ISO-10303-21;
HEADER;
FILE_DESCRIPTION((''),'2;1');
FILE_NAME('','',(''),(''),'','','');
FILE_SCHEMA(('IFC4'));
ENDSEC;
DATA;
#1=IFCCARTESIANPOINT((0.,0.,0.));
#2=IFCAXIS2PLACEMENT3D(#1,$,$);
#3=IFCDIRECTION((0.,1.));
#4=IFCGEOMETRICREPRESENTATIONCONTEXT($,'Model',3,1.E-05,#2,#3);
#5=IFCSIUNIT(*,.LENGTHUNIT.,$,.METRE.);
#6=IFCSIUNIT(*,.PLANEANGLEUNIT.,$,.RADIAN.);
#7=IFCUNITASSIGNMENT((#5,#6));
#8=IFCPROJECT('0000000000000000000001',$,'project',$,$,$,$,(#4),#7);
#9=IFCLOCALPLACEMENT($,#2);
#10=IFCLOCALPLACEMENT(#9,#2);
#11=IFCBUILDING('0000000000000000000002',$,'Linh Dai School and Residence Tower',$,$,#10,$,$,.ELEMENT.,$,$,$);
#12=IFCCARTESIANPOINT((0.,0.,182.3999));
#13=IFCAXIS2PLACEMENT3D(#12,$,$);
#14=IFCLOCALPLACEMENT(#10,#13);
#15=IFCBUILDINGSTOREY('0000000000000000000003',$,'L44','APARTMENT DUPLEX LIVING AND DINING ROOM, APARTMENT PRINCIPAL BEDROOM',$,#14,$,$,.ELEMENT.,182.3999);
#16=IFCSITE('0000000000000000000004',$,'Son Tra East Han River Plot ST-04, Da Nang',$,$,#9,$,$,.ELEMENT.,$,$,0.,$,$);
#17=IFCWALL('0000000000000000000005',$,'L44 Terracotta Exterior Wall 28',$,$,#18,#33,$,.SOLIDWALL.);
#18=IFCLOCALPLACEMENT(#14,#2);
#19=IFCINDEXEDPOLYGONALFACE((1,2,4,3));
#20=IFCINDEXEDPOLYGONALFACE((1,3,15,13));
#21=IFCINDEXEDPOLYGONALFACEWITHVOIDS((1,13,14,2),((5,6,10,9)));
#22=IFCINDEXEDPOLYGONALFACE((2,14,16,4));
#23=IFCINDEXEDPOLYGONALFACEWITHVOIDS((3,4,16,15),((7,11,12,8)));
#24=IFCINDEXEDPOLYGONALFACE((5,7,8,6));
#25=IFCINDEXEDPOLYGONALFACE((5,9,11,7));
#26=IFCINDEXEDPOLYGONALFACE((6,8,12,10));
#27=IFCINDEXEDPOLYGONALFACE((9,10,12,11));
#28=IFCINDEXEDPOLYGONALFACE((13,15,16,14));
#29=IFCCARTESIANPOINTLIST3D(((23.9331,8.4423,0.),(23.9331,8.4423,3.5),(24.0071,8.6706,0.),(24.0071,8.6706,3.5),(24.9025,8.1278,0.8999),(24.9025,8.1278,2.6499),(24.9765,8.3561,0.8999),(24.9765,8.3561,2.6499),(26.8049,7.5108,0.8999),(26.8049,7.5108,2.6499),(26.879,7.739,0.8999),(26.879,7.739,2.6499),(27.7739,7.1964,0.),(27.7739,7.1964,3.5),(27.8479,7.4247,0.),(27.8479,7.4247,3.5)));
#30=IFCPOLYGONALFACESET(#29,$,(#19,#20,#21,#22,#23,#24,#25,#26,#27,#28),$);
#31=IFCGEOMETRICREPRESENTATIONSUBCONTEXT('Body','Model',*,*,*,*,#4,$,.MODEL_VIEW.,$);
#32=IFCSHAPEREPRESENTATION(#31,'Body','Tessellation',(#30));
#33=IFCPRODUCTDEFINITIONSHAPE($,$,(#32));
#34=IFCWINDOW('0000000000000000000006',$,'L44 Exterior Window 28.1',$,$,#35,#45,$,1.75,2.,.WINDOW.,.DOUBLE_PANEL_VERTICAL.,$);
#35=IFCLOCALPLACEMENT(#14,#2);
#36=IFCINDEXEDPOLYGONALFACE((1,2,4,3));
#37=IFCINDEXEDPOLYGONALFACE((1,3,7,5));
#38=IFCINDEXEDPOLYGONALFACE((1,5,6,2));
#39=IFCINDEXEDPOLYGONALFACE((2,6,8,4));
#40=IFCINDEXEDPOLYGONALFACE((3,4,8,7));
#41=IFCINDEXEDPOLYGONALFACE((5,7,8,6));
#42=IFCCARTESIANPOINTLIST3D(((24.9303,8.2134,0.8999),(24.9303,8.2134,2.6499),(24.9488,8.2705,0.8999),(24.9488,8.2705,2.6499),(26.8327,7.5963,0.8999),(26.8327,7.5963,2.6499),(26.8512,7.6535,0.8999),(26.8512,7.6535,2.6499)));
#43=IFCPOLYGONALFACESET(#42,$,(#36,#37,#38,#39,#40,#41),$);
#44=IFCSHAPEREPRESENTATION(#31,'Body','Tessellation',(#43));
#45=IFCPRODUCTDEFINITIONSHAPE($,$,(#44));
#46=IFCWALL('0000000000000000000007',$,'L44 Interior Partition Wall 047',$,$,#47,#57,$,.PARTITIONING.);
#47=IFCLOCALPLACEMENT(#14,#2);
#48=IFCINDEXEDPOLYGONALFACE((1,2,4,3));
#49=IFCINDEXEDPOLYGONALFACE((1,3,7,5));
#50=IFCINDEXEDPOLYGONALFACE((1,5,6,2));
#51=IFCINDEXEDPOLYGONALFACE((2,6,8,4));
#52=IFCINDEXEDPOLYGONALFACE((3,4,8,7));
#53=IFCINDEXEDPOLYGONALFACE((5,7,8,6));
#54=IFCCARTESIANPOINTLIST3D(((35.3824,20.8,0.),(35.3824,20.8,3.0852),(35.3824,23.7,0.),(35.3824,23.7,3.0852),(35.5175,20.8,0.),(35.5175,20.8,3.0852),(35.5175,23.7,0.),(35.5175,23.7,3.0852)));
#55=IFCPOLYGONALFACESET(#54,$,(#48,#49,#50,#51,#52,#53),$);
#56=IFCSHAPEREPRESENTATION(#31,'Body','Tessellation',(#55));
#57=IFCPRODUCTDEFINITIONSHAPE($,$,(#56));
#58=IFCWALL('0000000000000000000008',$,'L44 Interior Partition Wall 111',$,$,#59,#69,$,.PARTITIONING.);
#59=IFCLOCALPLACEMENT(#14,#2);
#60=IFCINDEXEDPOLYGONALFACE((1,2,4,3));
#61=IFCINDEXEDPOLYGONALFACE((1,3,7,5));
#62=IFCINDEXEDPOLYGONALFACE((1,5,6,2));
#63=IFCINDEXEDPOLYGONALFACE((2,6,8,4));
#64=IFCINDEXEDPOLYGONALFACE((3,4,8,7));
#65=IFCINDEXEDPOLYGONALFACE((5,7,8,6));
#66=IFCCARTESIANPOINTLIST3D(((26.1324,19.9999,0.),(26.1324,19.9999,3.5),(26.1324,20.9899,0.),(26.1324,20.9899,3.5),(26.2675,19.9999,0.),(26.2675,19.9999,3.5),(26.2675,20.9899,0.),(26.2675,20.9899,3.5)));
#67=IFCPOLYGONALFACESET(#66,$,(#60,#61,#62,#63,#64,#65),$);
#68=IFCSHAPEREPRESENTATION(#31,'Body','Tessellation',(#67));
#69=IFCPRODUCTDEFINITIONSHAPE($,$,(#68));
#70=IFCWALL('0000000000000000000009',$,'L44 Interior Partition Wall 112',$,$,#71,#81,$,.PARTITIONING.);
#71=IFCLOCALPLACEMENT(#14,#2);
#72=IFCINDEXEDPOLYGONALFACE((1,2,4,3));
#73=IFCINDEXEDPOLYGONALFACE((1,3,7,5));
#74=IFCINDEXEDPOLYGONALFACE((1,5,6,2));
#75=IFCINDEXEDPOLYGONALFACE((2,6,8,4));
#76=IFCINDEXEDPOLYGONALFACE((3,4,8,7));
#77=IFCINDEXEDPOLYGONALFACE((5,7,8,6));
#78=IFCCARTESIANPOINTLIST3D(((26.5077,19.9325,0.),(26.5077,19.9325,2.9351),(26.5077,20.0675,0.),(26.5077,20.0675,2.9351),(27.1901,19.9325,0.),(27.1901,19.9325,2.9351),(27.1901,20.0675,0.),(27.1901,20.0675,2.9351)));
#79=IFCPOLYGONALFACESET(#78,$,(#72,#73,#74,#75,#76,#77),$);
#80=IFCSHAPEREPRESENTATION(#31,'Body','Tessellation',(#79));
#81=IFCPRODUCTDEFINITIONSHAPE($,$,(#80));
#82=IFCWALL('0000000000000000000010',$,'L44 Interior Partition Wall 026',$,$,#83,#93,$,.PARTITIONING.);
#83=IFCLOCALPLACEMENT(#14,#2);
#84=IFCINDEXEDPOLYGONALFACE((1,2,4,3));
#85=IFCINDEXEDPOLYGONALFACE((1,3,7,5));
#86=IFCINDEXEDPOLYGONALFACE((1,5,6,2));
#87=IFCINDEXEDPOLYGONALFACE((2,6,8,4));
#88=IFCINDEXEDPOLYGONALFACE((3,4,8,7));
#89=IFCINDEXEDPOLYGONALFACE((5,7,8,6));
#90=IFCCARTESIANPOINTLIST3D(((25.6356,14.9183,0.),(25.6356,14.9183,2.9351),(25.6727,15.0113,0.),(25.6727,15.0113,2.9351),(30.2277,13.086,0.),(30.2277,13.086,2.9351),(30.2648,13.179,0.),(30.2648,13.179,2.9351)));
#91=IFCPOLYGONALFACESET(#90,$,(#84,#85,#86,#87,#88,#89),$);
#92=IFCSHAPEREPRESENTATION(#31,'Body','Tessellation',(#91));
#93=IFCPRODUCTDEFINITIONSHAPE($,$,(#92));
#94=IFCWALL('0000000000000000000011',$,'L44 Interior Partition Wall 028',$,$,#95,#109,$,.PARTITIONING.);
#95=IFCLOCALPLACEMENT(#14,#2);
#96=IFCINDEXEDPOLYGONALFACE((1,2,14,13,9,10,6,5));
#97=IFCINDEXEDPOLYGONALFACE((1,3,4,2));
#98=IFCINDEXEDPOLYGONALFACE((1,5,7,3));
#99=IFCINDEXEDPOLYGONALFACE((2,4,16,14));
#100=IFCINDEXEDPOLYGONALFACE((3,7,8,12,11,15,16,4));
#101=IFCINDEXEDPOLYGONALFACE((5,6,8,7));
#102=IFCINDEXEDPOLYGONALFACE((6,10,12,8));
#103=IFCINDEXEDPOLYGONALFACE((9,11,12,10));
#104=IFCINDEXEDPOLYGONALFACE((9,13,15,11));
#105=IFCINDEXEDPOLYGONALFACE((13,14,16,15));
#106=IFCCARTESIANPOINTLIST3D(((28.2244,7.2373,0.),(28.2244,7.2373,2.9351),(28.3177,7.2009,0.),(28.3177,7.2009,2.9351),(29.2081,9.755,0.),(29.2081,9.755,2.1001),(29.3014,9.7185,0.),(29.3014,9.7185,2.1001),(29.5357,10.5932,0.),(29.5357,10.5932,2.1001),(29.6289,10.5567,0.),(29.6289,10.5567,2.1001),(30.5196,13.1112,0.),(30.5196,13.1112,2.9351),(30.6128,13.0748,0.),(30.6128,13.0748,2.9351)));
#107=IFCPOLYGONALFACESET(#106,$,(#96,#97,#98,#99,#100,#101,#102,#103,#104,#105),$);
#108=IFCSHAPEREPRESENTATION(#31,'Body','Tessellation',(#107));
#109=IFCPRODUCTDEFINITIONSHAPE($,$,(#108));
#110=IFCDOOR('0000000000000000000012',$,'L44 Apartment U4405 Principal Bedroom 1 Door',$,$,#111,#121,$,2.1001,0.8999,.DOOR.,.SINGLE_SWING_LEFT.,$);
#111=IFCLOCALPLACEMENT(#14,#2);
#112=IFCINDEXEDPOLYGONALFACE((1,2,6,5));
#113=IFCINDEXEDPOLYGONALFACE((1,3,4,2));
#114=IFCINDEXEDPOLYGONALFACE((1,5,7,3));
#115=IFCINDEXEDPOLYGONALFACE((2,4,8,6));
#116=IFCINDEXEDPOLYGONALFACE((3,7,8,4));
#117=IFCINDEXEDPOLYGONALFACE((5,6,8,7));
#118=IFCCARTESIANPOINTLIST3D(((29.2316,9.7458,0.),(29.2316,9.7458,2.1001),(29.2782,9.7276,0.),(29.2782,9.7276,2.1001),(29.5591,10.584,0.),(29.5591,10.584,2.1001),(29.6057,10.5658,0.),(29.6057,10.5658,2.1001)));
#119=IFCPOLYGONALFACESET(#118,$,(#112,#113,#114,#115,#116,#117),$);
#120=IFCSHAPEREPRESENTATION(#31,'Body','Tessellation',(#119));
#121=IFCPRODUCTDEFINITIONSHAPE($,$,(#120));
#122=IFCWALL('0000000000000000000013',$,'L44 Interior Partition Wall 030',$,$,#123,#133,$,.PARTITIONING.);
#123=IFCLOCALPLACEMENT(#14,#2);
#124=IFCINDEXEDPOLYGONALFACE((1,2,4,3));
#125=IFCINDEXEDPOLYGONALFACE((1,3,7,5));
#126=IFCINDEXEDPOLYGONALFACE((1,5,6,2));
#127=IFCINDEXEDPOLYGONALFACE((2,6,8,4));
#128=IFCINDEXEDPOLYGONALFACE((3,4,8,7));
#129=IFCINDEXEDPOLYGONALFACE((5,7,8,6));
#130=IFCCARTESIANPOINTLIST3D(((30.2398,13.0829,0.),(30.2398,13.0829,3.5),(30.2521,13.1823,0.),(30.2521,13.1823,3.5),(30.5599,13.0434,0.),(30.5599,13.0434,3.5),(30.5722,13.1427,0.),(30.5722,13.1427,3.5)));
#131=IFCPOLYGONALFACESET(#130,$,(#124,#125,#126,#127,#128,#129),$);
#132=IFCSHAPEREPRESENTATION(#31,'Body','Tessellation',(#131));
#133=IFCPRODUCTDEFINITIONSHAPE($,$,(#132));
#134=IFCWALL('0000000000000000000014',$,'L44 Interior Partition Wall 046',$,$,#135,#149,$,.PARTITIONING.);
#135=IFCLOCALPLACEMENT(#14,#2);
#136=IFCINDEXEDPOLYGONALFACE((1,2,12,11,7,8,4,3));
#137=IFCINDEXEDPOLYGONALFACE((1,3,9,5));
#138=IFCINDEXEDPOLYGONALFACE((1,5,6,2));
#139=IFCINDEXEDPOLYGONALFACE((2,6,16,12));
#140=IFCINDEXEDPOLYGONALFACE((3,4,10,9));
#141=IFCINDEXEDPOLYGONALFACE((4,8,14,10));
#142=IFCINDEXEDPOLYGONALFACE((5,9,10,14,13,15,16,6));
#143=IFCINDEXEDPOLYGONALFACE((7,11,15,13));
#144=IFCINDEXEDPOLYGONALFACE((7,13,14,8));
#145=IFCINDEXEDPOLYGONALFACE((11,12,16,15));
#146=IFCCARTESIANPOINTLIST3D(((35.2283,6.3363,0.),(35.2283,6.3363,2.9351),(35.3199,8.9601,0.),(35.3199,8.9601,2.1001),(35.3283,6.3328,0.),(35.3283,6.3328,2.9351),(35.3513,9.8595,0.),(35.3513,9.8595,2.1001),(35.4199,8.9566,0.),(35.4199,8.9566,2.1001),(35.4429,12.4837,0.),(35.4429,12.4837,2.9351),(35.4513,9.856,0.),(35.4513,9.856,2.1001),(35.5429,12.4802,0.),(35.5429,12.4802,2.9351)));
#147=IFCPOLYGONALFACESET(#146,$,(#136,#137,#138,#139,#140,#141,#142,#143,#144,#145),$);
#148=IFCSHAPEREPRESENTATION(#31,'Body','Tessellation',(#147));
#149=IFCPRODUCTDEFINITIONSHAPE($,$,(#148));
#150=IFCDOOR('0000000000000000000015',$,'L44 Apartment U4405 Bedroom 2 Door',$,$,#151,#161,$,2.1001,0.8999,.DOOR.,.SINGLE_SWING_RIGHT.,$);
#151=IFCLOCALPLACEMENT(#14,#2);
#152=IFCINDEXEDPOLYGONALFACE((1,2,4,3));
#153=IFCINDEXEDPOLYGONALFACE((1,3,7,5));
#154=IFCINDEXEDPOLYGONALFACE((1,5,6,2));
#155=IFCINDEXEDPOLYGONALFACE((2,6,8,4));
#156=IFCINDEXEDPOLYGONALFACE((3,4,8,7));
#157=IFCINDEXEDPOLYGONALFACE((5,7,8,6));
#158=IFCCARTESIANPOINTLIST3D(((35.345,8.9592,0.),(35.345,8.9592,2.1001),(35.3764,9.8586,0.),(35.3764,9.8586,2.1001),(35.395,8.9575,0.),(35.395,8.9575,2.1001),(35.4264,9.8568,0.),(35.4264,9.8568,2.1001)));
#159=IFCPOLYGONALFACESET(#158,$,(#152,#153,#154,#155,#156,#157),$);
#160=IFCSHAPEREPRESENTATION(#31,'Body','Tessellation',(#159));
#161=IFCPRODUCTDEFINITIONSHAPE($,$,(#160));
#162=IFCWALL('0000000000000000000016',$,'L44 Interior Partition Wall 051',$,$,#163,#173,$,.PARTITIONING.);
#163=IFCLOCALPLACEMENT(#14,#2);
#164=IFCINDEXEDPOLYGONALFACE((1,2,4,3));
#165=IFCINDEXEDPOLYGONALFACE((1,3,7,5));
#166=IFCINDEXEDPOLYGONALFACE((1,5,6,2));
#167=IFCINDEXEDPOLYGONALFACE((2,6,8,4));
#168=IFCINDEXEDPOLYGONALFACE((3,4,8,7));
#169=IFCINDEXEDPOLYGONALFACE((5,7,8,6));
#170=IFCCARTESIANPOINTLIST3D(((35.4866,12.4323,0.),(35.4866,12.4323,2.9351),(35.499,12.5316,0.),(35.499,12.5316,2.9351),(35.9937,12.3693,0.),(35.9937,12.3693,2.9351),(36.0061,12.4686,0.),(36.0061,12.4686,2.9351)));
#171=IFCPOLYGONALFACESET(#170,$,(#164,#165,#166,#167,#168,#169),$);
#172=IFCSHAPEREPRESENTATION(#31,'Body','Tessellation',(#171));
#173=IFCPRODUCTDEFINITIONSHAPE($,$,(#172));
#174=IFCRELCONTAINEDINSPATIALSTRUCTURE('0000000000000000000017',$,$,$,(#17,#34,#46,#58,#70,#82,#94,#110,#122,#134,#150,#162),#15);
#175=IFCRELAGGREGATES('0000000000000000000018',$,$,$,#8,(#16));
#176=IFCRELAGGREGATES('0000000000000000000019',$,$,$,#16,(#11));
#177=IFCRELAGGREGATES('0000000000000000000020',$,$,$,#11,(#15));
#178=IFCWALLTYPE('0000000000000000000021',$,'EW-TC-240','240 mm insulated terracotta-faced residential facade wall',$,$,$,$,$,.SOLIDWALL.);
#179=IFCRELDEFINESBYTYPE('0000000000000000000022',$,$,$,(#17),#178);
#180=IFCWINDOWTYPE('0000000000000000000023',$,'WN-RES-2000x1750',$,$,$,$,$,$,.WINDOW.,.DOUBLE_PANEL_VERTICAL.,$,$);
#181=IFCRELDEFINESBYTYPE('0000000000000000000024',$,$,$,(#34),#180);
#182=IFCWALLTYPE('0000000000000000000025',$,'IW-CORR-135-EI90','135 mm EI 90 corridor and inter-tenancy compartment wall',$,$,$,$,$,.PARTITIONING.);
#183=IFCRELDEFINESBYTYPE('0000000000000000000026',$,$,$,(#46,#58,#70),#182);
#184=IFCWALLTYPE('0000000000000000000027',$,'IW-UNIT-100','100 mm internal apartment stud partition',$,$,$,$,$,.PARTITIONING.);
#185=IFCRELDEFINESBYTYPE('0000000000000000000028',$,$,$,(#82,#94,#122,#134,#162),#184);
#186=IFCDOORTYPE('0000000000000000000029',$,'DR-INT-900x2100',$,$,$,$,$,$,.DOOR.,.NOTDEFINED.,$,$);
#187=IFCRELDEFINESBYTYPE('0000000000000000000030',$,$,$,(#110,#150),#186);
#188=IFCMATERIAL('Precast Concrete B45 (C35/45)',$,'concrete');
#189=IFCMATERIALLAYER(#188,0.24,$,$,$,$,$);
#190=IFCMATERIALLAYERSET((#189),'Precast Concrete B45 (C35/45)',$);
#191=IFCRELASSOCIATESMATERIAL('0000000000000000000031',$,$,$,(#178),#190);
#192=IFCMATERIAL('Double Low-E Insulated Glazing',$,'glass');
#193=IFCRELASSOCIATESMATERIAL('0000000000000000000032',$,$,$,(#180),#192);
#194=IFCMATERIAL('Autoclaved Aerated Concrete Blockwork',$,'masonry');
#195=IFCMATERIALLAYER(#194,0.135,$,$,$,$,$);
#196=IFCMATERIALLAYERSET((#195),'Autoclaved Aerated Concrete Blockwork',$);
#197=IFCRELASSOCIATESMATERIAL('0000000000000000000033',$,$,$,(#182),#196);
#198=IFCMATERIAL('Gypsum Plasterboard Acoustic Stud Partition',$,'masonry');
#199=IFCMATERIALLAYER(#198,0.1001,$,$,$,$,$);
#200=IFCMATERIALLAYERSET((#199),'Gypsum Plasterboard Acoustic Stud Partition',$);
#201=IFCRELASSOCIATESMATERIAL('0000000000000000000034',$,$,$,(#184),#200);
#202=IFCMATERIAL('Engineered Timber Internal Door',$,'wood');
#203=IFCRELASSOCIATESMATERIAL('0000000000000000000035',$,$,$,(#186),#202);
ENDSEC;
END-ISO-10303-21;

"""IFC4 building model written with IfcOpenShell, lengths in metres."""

from ifc_helpers import new_model, si_unit, direction, frame, frame_2d, origin, origin_2d, place, context, subcontext, project, spatial, rectangle, extrude, source, transform, mapped, material, layer, layer_set, type_object, element, fill, save


model = new_model("IFC4")

# Units and contexts
model_context = context("Model", 3, precision=1e-05, world=origin(), true_north=direction((0.0, 1.0)))
body_context = subcontext(model_context, "Body", "Model", "MODEL_VIEW")
ifc_project = project(units=[si_unit("LENGTHUNIT", "METRE"), si_unit("PLANEANGLEUNIT", "RADIAN")], contexts=[model_context])

# Site, building, storey
site_placement = place(None, origin())
site = spatial("IfcSite", under=ifc_project, at=site_placement, Name="Son Tra East Han River Plot ST-04, Da Nang", CompositionType="ELEMENT", RefElevation=0.0)
building_placement = place(site_placement, origin())
building = spatial("IfcBuilding", under=site, at=building_placement, Name="Linh Dai School and Residence Tower", CompositionType="ELEMENT")
storey_placement = place(building_placement, frame((0.0, 0.0, 182.3999)))
storey = spatial("IfcBuildingStorey", under=building, at=storey_placement, Name="L44", Description="APARTMENT DUPLEX LIVING AND DINING ROOM, APARTMENT PRINCIPAL BEDROOM", CompositionType="ELEMENT", Elevation=182.3999)

# Shared definitions
ifc_material_1 = material(Name="Precast Concrete B45 (C35/45)", Category="concrete")

# Wall, opening, window
ifc_layer_1 = layer(ifc_material_1, 0.24)
ifc_layer_set_1 = layer_set([ifc_layer_1], Name="Precast Concrete B45 (C35/45)")
wall_type_1 = type_object("IfcWallType", Name="EW-TC-240", Description="240 mm insulated terracotta-faced residential facade wall", PredefinedType="SOLIDWALL", material=ifc_layer_set_1)
wall_1_placement = place(storey_placement, frame((27.811, 7.3105, 0.0), z_axis=(0.0, 0.0, 1.0), x_axis=(-0.95121, 0.308545, 0.0)))
wall_1 = element("IfcWall", 1, at=wall_1_placement, inside=storey, type_object=wall_type_1, Name="L44 Terracotta Exterior Wall 28", PredefinedType="SOLIDWALL", context=body_context, shape_type="SweptSolid", body=[
    extrude(rectangle(XDim=4.0378, YDim=0.24, at=frame_2d((2.019, 0.0))), origin(), (0.0, 0.0, 1.0), 3.5),
])
opening_1_placement = place(wall_1_placement, frame((1.0188, 0.0, 0.8999)))
opening_1 = element("IfcOpeningElement", 2, at=opening_1_placement, cuts=wall_1, PredefinedType="OPENING", context=body_context, shape_type="SweptSolid", body=[
    extrude(rectangle(XDim=2.0, YDim=1.75, at=origin_2d()), frame((1.0, 0.1299, 0.875), z_axis=(0.0, -1.0, 0.0), x_axis=(1.0, 0.0, 0.0)), (0.0, 0.0, 1.0), 0.26),
])
ifc_material_2 = material(Name="Double Low-E Insulated Glazing", Category="glass")
window_type = type_object("IfcWindowType", Name="WN-RES-2000x1750", PartitioningType="DOUBLE_PANEL_VERTICAL", PredefinedType="WINDOW", material=ifc_material_2)
shared_shape_1 = source(origin(), body_context, "Body", "SweptSolid", [
    extrude(rectangle(XDim=2.0, YDim=1.75, at=origin_2d()), frame((1.0, 0.03, 0.875), z_axis=(0.0, -1.0, 0.0), x_axis=(1.0, 0.0, 0.0)), (0.0, 0.0, 1.0), 0.0601),
])
window_placement = place(opening_1_placement, origin())
window = element("IfcWindow", 3, at=window_placement, inside=storey, type_object=window_type, Name="L44 Exterior Window 28.1", OverallHeight=1.75, OverallWidth=2.0, PartitioningType="DOUBLE_PANEL_VERTICAL", PredefinedType="WINDOW", context=body_context, shape_type="MappedRepresentation", body=[
    mapped(shared_shape_1, transform((0.0, 0.0, 0.0), x_axis=(1.0, 0.0, 0.0), y_axis=(0.0, 1.0, 0.0), z_axis=(0.0, 0.0, 1.0), scale=1.0)),
])
fill(opening_1, window)

# Walls
ifc_material_3 = material(Name="Autoclaved Aerated Concrete Blockwork", Category="masonry")
ifc_layer_2 = layer(ifc_material_3, 0.135)
ifc_layer_set_2 = layer_set([ifc_layer_2], Name="Autoclaved Aerated Concrete Blockwork")
wall_type_2 = type_object("IfcWallType", Name="IW-CORR-135-EI90", Description="135 mm EI 90 corridor and inter-tenancy compartment wall", PredefinedType="PARTITIONING", material=ifc_layer_set_2)
wall_2_placement = place(storey_placement, frame((35.45, 20.8, 0.0), z_axis=(0.0, 0.0, 1.0), x_axis=(0.0, 1.0, 0.0)))
element("IfcWall", 4, at=wall_2_placement, inside=storey, type_object=wall_type_2, Name="L44 Interior Partition Wall 047", PredefinedType="PARTITIONING", context=body_context, shape_type="SweptSolid", body=[
    extrude(rectangle(XDim=2.8999, YDim=0.135, at=frame_2d((1.45, 0.0))), origin(), (0.0, 0.0, 1.0), 3.0852),
])
wall_3_placement = place(storey_placement, frame((26.2, 20.99, 0.0), z_axis=(0.0, 0.0, 1.0), x_axis=(0.0, -1.0, 0.0)))
element("IfcWall", 5, at=wall_3_placement, inside=storey, type_object=wall_type_2, Name="L44 Interior Partition Wall 111", PredefinedType="PARTITIONING", context=body_context, shape_type="SweptSolid", body=[
    extrude(rectangle(XDim=0.99, YDim=0.135, at=frame_2d((0.4951, 0.0))), origin(), (0.0, 0.0, 1.0), 3.5),
])
wall_4_placement = place(storey_placement, frame((26.5076, 20.0, 0.0), z_axis=(0.0, 0.0, 1.0), x_axis=(1.0, 0.0, 0.0)))
element("IfcWall", 6, at=wall_4_placement, inside=storey, type_object=wall_type_2, Name="L44 Interior Partition Wall 112", PredefinedType="PARTITIONING", context=body_context, shape_type="SweptSolid", body=[
    extrude(rectangle(XDim=0.6824, YDim=0.135, at=frame_2d((0.3413, 0.0))), origin(), (0.0, 0.0, 1.0), 2.9351),
])

# Wall
ifc_material_4 = material(Name="Gypsum Plasterboard Acoustic Stud Partition", Category="masonry")
ifc_layer_3 = layer(ifc_material_4, 0.1001)
ifc_layer_set_3 = layer_set([ifc_layer_3], Name="Gypsum Plasterboard Acoustic Stud Partition")
wall_type_3 = type_object("IfcWallType", Name="IW-UNIT-100", Description="100 mm internal apartment stud partition", PredefinedType="PARTITIONING", material=ifc_layer_set_3)
wall_5_placement = place(storey_placement, frame((25.6541, 14.9648, 0.0), z_axis=(0.0, 0.0, 1.0), x_axis=(0.928793, -0.370599, 0.0)))
element("IfcWall", 7, at=wall_5_placement, inside=storey, type_object=wall_type_3, Name="L44 Interior Partition Wall 026", PredefinedType="PARTITIONING", context=body_context, shape_type="SweptSolid", body=[
    extrude(rectangle(XDim=4.9441, YDim=0.1001, at=frame_2d((2.4722, 0.0))), origin(), (0.0, 0.0, 1.0), 2.9351),
])

# Wall, opening, door
wall_6_placement = place(storey_placement, frame((28.271, 7.219, 0.0), z_axis=(0.0, 0.0, 1.0), x_axis=(0.363937, 0.931424, 0.0)))
wall_6 = element("IfcWall", 8, at=wall_6_placement, inside=storey, type_object=wall_type_3, Name="L44 Interior Partition Wall 028", PredefinedType="PARTITIONING", context=body_context, shape_type="SweptSolid", body=[
    extrude(rectangle(XDim=6.3064, YDim=0.1001, at=frame_2d((3.1533, 0.0))), origin(), (0.0, 0.0, 1.0), 2.9351),
])
opening_2_placement = place(wall_6_placement, frame((2.7031, 0.0, 0.0)))
opening_2 = element("IfcOpeningElement", 9, at=opening_2_placement, cuts=wall_6, PredefinedType="OPENING", context=body_context, shape_type="SweptSolid", body=[
    extrude(rectangle(XDim=0.8999, YDim=2.1001, at=origin_2d()), frame((0.45, 0.0601, 1.05), z_axis=(0.0, -1.0, 0.0), x_axis=(1.0, 0.0, 0.0)), (0.0, 0.0, 1.0), 0.1201),
])
ifc_material_5 = material(Name="Engineered Timber Internal Door", Category="wood")
door_type_1 = type_object("IfcDoorType", Name="DR-INT-900x2100", OperationType="NOTDEFINED", PredefinedType="DOOR", material=ifc_material_5)
shared_shape_2 = source(origin(), body_context, "Body", "SweptSolid", [
    extrude(rectangle(XDim=0.8999, YDim=2.1001, at=origin_2d()), frame((0.45, 0.0249, 1.05), z_axis=(0.0, -1.0, 0.0), x_axis=(1.0, 0.0, 0.0)), (0.0, 0.0, 1.0), 0.05),
])
door_1_placement = place(opening_2_placement, origin())
door_1 = element("IfcDoor", 10, at=door_1_placement, inside=storey, type_object=door_type_1, Name="L44 Apartment U4405 Principal Bedroom 1 Door", OperationType="SINGLE_SWING_LEFT", OverallHeight=2.1001, OverallWidth=0.8999, PredefinedType="DOOR", context=body_context, shape_type="MappedRepresentation", body=[
    mapped(shared_shape_2, transform((0.0, 0.0, 0.0), x_axis=(1.0, 0.0, 0.0), y_axis=(0.0, 1.0, 0.0), z_axis=(0.0, 0.0, 1.0), scale=1.0)),
])
fill(opening_2, door_1)

# Wall
wall_7_placement = place(storey_placement, frame((30.2461, 13.1326, 0.0), z_axis=(0.0, 0.0, 1.0), x_axis=(0.992452, -0.122637, 0.0)))
element("IfcWall", 11, at=wall_7_placement, inside=storey, type_object=wall_type_3, Name="L44 Interior Partition Wall 030", PredefinedType="PARTITIONING", context=body_context, shape_type="SweptSolid", body=[
    extrude(rectangle(XDim=0.3225, YDim=0.1001, at=frame_2d((0.1611, 0.0))), origin(), (0.0, 0.0, 1.0), 3.5),
])

# Wall, opening, door
wall_8_placement = place(storey_placement, frame((35.2783, 6.3345, 0.0), z_axis=(0.0, 0.0, 1.0), x_axis=(0.034887, 0.999391, 0.0)))
wall_8 = element("IfcWall", 12, at=wall_8_placement, inside=storey, type_object=wall_type_3, Name="L44 Interior Partition Wall 046", PredefinedType="PARTITIONING", context=body_context, shape_type="SweptSolid", body=[
    extrude(rectangle(XDim=6.1511, YDim=0.1001, at=frame_2d((3.0757, 0.0))), origin(), (0.0, 0.0, 1.0), 2.9351),
])
opening_3_placement = place(wall_8_placement, frame((2.6255, 0.0, 0.0)))
opening_3 = element("IfcOpeningElement", 13, at=opening_3_placement, cuts=wall_8, PredefinedType="OPENING", context=body_context, shape_type="SweptSolid", body=[
    extrude(rectangle(XDim=0.8999, YDim=2.1001, at=origin_2d()), frame((0.45, 0.0601, 1.05), z_axis=(0.0, -1.0, 0.0), x_axis=(1.0, 0.0, 0.0)), (0.0, 0.0, 1.0), 0.1201),
])
door_2_placement = place(opening_3_placement, origin())
door_2 = element("IfcDoor", 14, at=door_2_placement, inside=storey, type_object=door_type_1, Name="L44 Apartment U4405 Bedroom 2 Door", OperationType="SINGLE_SWING_RIGHT", OverallHeight=2.1001, OverallWidth=0.8999, PredefinedType="DOOR", context=body_context, shape_type="MappedRepresentation", body=[
    mapped(shared_shape_2, transform((0.0, 0.0, 0.0), x_axis=(1.0, 0.0, 0.0), y_axis=(0.0, 1.0, 0.0), z_axis=(0.0, 0.0, 1.0), scale=1.0)),
])
fill(opening_3, door_2)

# Wall
wall_9_placement = place(storey_placement, frame((35.4929, 12.4819, 0.0), z_axis=(0.0, 0.0, 1.0), x_axis=(0.992373, -0.12327, 0.0)))
element("IfcWall", 15, at=wall_9_placement, inside=storey, type_object=wall_type_3, Name="L44 Interior Partition Wall 051", PredefinedType="PARTITIONING", context=body_context, shape_type="SweptSolid", body=[
    extrude(rectangle(XDim=0.511, YDim=0.1001, at=frame_2d((0.2554, 0.0))), origin(), (0.0, 0.0, 1.0), 2.9351),
])

save(model, "model.ifc")
